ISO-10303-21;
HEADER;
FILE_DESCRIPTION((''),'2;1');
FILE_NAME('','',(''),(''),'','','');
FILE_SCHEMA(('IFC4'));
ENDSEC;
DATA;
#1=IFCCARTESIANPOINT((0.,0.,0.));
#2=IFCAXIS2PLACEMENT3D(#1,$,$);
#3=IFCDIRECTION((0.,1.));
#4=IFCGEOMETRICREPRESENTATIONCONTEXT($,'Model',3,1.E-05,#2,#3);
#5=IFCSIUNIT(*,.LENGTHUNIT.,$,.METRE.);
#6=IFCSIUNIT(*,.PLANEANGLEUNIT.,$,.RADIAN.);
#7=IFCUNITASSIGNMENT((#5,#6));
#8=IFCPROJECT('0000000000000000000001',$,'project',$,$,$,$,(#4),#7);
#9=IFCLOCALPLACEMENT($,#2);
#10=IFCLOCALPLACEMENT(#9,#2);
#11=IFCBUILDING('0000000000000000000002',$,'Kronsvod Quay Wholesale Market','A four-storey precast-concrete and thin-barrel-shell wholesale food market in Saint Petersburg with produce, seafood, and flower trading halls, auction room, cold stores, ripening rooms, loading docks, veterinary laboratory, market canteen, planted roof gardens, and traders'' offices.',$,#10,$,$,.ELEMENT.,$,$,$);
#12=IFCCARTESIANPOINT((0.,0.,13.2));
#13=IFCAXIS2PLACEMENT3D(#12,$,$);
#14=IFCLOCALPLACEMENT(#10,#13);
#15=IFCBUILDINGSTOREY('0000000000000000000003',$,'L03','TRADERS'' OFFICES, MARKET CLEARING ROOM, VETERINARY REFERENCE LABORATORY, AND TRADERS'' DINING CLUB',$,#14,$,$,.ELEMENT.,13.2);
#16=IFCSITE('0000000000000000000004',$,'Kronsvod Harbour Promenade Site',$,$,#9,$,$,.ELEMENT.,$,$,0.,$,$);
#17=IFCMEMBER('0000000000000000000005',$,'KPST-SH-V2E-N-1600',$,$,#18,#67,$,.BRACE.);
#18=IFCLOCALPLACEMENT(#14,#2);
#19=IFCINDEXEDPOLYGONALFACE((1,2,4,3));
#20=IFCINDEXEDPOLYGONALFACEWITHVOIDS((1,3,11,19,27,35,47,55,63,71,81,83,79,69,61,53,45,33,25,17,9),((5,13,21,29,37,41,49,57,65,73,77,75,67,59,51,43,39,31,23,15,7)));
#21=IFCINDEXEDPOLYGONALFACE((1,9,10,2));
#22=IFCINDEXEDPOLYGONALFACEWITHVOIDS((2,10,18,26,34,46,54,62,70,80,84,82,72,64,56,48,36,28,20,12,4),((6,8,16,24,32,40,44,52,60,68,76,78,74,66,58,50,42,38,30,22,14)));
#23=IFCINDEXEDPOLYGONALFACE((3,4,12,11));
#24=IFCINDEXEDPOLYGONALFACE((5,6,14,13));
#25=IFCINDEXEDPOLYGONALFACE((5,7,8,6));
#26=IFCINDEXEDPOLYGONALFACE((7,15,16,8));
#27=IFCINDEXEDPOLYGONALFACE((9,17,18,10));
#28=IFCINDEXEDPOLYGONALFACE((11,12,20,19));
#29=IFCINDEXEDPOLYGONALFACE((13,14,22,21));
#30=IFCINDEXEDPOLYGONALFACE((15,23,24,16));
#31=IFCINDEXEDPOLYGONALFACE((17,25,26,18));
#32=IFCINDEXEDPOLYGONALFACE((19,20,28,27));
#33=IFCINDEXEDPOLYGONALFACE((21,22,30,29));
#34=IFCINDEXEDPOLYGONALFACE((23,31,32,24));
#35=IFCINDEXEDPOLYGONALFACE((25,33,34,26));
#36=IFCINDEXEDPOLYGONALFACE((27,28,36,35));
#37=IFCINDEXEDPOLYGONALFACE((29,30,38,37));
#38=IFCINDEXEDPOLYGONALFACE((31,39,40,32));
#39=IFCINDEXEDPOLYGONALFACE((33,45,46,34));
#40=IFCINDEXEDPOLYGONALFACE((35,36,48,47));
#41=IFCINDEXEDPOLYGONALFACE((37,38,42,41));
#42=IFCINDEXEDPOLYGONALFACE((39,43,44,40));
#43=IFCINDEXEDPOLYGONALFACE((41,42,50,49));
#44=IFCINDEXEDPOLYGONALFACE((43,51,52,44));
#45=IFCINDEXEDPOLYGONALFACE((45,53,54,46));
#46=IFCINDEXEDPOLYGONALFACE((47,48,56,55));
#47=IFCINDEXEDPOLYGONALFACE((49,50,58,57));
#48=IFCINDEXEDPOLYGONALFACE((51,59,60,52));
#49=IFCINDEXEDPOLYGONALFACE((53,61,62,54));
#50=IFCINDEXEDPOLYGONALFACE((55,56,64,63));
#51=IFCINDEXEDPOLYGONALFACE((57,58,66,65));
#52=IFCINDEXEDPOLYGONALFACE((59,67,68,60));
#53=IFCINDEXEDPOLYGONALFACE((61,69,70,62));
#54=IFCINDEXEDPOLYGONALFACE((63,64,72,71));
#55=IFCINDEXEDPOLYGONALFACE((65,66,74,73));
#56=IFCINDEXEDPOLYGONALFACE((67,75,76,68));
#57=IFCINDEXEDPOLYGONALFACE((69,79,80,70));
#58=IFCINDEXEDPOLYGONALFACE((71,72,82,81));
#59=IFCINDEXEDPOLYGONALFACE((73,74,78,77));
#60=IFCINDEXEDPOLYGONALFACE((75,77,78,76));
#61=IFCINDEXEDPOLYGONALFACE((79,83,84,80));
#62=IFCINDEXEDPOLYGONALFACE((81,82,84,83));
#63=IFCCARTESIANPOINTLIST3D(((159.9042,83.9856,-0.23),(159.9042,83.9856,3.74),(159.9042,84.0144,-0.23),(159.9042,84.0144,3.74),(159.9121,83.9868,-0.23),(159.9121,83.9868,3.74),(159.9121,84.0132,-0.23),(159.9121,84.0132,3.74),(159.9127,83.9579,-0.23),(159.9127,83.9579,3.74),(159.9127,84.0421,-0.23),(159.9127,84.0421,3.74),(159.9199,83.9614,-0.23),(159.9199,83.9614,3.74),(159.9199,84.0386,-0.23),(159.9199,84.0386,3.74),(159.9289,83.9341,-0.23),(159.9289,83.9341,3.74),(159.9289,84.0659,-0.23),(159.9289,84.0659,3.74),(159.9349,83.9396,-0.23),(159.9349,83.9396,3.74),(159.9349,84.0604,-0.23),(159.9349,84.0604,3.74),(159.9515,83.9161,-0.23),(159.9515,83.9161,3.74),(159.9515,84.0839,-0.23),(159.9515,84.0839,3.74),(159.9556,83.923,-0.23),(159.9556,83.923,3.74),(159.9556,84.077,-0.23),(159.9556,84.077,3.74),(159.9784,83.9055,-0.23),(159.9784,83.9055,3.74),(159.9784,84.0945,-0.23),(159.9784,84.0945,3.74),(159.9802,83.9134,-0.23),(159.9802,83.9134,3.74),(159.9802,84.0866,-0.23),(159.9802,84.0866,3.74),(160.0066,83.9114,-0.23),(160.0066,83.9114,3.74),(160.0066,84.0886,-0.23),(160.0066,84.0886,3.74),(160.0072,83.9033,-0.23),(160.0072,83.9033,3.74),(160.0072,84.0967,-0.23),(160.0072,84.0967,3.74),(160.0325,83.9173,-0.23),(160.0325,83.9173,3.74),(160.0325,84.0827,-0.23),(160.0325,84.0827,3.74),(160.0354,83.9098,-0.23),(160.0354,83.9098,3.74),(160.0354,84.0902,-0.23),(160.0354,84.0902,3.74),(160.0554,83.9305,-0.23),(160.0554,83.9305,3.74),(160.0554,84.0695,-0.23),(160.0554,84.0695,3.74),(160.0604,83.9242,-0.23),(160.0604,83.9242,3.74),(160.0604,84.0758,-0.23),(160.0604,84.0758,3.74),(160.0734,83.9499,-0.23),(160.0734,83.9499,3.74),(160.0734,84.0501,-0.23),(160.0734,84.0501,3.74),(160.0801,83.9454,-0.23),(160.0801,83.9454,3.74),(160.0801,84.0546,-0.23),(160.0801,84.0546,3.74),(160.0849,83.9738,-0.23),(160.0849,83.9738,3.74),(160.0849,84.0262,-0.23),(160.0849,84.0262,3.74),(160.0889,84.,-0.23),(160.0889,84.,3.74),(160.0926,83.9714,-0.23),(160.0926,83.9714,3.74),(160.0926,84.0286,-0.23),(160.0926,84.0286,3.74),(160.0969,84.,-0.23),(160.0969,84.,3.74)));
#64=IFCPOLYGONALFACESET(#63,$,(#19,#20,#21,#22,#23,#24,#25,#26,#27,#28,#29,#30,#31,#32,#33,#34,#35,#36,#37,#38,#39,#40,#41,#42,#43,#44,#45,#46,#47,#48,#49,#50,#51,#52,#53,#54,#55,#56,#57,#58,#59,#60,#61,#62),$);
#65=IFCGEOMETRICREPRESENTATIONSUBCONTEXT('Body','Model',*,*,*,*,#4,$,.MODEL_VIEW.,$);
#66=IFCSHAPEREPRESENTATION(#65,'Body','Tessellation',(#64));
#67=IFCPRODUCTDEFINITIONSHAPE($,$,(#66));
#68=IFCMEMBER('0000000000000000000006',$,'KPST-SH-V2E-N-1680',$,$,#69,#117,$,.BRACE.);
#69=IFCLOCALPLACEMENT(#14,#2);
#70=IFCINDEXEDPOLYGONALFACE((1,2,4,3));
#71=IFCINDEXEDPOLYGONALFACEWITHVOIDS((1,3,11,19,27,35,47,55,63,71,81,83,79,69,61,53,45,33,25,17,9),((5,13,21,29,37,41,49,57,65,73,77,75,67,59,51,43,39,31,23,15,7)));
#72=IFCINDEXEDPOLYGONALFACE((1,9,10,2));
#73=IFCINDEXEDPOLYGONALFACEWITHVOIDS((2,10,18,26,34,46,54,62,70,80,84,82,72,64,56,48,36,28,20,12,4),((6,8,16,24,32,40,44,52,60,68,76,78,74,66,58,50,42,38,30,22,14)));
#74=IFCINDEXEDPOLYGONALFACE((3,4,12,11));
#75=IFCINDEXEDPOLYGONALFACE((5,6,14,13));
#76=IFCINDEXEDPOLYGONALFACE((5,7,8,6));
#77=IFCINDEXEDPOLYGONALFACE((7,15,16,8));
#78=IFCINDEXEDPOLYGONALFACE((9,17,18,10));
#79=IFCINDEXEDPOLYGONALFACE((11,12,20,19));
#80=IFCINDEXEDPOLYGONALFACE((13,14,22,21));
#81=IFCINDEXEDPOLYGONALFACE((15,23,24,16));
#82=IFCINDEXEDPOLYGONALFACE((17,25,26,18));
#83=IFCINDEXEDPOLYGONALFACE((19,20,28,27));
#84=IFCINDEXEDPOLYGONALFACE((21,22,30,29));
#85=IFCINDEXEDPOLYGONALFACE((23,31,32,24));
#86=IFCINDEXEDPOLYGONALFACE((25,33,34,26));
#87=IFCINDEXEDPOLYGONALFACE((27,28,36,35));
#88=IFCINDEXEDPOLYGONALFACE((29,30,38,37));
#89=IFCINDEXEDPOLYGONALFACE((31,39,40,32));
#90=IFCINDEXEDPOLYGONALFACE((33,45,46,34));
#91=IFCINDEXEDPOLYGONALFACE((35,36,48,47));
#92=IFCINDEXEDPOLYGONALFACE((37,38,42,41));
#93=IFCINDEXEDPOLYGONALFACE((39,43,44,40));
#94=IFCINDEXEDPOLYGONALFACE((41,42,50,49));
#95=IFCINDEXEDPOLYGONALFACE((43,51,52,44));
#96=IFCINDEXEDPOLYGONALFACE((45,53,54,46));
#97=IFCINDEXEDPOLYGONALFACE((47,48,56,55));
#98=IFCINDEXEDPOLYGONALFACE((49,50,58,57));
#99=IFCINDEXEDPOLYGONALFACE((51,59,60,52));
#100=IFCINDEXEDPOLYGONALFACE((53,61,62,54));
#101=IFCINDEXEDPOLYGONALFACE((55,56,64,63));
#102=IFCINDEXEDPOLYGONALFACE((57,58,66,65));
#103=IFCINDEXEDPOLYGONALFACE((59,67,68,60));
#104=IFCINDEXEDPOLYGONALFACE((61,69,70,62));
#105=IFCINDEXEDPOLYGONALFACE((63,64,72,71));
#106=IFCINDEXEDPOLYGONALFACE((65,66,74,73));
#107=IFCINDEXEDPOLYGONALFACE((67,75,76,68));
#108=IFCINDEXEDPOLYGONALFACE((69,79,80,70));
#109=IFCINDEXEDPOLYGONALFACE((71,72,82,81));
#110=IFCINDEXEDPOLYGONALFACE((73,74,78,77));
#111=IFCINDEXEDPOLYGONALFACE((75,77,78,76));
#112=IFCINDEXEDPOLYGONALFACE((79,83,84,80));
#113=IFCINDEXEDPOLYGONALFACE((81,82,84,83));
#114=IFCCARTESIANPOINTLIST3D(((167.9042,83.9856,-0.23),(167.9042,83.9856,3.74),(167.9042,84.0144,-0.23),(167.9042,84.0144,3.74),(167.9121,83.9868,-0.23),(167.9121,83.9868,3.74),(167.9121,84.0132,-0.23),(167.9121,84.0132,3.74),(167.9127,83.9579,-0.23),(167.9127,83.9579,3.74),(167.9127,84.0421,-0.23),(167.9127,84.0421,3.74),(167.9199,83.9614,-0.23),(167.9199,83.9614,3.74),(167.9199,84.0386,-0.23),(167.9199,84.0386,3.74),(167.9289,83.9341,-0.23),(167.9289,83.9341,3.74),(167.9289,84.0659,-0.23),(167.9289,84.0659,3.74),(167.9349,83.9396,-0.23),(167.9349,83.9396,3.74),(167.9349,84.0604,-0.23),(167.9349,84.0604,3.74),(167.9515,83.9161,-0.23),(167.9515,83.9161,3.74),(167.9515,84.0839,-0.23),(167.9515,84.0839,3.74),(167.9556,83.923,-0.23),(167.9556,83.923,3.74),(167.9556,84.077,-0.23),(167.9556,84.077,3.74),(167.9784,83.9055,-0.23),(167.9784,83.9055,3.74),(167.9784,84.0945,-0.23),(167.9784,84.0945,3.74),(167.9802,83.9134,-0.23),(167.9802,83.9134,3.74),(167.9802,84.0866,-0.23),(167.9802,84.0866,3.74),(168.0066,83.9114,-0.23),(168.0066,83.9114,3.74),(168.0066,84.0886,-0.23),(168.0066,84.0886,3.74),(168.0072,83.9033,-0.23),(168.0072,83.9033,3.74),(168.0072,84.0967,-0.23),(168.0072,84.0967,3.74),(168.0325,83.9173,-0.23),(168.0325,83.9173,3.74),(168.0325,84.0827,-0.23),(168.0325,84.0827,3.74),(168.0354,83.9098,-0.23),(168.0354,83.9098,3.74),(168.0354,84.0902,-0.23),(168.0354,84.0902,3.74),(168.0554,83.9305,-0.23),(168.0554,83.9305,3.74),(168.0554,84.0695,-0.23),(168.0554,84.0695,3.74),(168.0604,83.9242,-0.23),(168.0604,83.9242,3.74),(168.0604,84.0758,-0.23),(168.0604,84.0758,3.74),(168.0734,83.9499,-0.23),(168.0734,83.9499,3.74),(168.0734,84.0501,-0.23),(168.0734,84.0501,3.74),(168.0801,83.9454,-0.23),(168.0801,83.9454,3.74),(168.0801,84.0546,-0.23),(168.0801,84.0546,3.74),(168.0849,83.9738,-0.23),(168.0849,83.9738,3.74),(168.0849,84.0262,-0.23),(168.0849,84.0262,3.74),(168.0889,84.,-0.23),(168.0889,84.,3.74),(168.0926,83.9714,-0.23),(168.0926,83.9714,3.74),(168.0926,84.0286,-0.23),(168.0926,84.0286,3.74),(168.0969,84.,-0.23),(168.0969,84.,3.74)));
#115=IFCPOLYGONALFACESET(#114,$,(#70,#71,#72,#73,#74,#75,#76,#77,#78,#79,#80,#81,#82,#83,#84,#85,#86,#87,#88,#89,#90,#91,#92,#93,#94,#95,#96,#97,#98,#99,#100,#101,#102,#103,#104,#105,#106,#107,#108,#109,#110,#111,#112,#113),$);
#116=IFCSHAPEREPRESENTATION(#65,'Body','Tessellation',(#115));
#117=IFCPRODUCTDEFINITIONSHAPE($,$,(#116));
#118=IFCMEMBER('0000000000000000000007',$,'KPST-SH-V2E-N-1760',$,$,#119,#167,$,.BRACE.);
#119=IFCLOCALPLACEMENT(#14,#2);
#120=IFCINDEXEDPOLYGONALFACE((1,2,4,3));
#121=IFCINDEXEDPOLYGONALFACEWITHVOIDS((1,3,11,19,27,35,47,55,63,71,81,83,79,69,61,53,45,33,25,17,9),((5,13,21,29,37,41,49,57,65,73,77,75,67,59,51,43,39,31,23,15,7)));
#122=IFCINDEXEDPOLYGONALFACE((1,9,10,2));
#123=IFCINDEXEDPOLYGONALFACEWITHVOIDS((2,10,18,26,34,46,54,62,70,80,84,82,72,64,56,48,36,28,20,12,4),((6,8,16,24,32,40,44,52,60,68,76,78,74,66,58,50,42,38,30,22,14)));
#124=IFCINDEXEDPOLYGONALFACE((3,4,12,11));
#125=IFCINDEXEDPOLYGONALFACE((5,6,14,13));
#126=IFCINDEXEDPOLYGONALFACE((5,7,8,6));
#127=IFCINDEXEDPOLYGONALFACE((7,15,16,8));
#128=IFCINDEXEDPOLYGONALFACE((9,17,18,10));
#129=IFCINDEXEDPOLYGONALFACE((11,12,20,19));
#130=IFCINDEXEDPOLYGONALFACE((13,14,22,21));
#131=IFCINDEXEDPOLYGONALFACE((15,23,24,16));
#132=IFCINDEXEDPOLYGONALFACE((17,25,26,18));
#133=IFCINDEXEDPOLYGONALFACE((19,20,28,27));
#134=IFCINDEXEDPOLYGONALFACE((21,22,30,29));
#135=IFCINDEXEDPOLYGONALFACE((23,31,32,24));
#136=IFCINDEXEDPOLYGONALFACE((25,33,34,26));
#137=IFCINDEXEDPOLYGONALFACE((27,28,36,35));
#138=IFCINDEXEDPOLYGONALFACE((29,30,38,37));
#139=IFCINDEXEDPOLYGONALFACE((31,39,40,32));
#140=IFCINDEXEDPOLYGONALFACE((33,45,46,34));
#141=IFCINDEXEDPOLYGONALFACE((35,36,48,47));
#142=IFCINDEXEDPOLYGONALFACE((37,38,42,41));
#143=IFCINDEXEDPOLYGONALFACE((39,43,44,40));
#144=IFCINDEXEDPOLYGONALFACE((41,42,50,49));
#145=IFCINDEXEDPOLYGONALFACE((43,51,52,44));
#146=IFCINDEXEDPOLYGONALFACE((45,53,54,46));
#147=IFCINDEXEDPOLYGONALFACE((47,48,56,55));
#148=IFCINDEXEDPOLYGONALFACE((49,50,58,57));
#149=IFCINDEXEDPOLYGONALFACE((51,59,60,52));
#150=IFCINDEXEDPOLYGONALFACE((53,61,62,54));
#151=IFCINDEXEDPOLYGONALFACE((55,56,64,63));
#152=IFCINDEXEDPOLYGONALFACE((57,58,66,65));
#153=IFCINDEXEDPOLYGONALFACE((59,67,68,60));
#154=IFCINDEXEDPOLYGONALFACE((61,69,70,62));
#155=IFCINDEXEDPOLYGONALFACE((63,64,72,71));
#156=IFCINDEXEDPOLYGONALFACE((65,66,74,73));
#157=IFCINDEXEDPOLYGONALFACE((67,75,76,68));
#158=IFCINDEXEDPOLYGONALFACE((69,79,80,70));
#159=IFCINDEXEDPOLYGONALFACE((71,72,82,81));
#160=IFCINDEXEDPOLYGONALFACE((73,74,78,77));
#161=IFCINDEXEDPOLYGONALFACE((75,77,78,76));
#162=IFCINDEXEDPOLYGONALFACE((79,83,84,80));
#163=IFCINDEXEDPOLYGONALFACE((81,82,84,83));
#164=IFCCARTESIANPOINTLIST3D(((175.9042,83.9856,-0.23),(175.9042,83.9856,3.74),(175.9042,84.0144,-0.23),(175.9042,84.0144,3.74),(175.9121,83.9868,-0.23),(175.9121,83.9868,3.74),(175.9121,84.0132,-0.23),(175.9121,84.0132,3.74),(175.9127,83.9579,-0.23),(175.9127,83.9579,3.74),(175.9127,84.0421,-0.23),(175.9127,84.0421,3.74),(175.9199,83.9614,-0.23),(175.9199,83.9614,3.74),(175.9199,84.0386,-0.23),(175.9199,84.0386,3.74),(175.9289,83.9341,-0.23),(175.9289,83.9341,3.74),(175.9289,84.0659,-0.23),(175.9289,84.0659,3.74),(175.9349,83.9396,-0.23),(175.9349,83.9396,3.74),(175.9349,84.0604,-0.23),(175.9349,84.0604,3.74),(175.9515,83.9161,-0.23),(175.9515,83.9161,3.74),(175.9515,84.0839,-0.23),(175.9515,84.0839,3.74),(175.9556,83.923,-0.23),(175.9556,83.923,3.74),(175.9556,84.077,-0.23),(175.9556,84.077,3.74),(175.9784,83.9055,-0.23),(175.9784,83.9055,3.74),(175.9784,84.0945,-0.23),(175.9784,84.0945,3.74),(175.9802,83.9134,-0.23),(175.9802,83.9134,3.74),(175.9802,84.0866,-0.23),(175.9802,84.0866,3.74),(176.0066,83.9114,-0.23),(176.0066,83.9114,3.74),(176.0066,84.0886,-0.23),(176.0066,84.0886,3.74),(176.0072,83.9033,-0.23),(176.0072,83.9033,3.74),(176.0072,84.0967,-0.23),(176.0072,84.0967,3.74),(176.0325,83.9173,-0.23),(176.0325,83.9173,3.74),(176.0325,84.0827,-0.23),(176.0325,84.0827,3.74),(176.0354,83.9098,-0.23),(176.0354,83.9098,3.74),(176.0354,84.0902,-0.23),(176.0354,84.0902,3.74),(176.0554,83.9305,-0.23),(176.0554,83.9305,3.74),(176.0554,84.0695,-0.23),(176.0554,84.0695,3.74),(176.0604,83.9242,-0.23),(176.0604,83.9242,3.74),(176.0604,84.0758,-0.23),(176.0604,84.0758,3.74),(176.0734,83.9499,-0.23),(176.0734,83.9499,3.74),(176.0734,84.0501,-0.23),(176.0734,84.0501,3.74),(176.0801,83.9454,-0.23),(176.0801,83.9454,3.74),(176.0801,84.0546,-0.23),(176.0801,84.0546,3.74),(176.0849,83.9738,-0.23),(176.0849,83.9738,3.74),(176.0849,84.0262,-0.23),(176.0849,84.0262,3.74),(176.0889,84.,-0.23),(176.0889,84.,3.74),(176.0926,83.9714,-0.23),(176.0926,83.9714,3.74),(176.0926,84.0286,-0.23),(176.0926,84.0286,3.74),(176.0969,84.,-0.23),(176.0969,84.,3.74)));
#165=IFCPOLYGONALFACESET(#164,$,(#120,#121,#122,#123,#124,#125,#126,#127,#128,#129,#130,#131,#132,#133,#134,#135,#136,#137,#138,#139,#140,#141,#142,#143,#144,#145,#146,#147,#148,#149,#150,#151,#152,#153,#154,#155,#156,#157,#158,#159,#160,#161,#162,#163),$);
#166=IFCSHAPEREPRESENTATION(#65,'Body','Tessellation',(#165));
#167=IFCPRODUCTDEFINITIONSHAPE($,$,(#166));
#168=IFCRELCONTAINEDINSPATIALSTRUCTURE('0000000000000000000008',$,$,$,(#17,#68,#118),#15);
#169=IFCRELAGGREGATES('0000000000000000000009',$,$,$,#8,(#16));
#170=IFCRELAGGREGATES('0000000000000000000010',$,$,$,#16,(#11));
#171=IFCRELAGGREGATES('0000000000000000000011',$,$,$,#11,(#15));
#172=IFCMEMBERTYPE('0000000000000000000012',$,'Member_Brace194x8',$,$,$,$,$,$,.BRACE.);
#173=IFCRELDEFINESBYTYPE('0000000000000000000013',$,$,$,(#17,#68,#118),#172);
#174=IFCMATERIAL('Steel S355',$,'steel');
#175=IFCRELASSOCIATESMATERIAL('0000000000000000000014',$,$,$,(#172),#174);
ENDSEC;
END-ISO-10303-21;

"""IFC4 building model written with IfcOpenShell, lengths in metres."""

from ifc_helpers import new_model, si_unit, direction, frame, origin, origin_2d, place, context, subcontext, project, spatial, hollow_circle, extrude, material, material_profile, profile_set, type_object, element, save


model = new_model("IFC4")

# Units and contexts
model_context = context("Model", 3, precision=1e-05, world=origin(), true_north=direction((0.0, 1.0)))
body_context = subcontext(model_context, "Body", "Model", "MODEL_VIEW")
ifc_project = project(units=[si_unit("LENGTHUNIT", "METRE"), si_unit("PLANEANGLEUNIT", "RADIAN")], contexts=[model_context])

# Site, building, storey
site_placement = place(None, origin())
site = spatial("IfcSite", under=ifc_project, at=site_placement, Name="Kronsvod Harbour Promenade Site", CompositionType="ELEMENT", RefElevation=0.0)
building_placement = place(site_placement, origin())
building = spatial("IfcBuilding", under=site, at=building_placement, Name="Kronsvod Quay Wholesale Market", Description="A four-storey precast-concrete and thin-barrel-shell wholesale food market in Saint Petersburg with produce, seafood, and flower trading halls, auction room, cold stores, ripening rooms, loading docks, veterinary laboratory, market canteen, planted roof gardens, and traders' offices.", CompositionType="ELEMENT")
storey_placement = place(building_placement, frame((0.0, 0.0, 13.2)))
storey = spatial("IfcBuildingStorey", under=building, at=storey_placement, Name="L03", Description="TRADERS' OFFICES, MARKET CLEARING ROOM, VETERINARY REFERENCE LABORATORY, AND TRADERS' DINING CLUB", CompositionType="ELEMENT", Elevation=13.2)

# Members
ifc_material_1 = material(Name="Steel S355", Category="steel")
ifc_material_profile_1 = material_profile(ifc_material_1, hollow_circle(Radius=0.0969, WallThickness=0.0081, at=origin_2d()), Name="CHS194x8")
ifc_profile_set_1 = profile_set([ifc_material_profile_1], Name="Steel S355")
member_type_1 = type_object("IfcMemberType", Name="Member_Brace194x8", PredefinedType="BRACE", material=ifc_profile_set_1)
for number, where, z_axis, x_axis, name in (
    (1, (160.0, 84.0, -0.23), (0.0, 0.0, 1.0), (1.0, 0.0, 0.0), "KPST-SH-V2E-N-1600"),
    (2, (168.0, 84.0, -0.23), (0.0, 0.0, 1.0), (1.0, 0.0, 0.0), "KPST-SH-V2E-N-1680"),
    (3, (176.0, 84.0, -0.23), (0.0, 0.0, 1.0), (1.0, 0.0, 0.0), "KPST-SH-V2E-N-1760"),
):
    element("IfcMember", number, at=place(storey_placement, frame(where, z_axis=z_axis, x_axis=x_axis)), inside=storey, type_object=member_type_1, Name=name, PredefinedType="BRACE", context=body_context, shape_type="SweptSolid", body=[
        extrude(hollow_circle(Radius=0.0969, WallThickness=0.0081, at=origin_2d()), origin(), (0.0, 0.0, 1.0), 3.97),
    ])

save(model, "model.ifc")
